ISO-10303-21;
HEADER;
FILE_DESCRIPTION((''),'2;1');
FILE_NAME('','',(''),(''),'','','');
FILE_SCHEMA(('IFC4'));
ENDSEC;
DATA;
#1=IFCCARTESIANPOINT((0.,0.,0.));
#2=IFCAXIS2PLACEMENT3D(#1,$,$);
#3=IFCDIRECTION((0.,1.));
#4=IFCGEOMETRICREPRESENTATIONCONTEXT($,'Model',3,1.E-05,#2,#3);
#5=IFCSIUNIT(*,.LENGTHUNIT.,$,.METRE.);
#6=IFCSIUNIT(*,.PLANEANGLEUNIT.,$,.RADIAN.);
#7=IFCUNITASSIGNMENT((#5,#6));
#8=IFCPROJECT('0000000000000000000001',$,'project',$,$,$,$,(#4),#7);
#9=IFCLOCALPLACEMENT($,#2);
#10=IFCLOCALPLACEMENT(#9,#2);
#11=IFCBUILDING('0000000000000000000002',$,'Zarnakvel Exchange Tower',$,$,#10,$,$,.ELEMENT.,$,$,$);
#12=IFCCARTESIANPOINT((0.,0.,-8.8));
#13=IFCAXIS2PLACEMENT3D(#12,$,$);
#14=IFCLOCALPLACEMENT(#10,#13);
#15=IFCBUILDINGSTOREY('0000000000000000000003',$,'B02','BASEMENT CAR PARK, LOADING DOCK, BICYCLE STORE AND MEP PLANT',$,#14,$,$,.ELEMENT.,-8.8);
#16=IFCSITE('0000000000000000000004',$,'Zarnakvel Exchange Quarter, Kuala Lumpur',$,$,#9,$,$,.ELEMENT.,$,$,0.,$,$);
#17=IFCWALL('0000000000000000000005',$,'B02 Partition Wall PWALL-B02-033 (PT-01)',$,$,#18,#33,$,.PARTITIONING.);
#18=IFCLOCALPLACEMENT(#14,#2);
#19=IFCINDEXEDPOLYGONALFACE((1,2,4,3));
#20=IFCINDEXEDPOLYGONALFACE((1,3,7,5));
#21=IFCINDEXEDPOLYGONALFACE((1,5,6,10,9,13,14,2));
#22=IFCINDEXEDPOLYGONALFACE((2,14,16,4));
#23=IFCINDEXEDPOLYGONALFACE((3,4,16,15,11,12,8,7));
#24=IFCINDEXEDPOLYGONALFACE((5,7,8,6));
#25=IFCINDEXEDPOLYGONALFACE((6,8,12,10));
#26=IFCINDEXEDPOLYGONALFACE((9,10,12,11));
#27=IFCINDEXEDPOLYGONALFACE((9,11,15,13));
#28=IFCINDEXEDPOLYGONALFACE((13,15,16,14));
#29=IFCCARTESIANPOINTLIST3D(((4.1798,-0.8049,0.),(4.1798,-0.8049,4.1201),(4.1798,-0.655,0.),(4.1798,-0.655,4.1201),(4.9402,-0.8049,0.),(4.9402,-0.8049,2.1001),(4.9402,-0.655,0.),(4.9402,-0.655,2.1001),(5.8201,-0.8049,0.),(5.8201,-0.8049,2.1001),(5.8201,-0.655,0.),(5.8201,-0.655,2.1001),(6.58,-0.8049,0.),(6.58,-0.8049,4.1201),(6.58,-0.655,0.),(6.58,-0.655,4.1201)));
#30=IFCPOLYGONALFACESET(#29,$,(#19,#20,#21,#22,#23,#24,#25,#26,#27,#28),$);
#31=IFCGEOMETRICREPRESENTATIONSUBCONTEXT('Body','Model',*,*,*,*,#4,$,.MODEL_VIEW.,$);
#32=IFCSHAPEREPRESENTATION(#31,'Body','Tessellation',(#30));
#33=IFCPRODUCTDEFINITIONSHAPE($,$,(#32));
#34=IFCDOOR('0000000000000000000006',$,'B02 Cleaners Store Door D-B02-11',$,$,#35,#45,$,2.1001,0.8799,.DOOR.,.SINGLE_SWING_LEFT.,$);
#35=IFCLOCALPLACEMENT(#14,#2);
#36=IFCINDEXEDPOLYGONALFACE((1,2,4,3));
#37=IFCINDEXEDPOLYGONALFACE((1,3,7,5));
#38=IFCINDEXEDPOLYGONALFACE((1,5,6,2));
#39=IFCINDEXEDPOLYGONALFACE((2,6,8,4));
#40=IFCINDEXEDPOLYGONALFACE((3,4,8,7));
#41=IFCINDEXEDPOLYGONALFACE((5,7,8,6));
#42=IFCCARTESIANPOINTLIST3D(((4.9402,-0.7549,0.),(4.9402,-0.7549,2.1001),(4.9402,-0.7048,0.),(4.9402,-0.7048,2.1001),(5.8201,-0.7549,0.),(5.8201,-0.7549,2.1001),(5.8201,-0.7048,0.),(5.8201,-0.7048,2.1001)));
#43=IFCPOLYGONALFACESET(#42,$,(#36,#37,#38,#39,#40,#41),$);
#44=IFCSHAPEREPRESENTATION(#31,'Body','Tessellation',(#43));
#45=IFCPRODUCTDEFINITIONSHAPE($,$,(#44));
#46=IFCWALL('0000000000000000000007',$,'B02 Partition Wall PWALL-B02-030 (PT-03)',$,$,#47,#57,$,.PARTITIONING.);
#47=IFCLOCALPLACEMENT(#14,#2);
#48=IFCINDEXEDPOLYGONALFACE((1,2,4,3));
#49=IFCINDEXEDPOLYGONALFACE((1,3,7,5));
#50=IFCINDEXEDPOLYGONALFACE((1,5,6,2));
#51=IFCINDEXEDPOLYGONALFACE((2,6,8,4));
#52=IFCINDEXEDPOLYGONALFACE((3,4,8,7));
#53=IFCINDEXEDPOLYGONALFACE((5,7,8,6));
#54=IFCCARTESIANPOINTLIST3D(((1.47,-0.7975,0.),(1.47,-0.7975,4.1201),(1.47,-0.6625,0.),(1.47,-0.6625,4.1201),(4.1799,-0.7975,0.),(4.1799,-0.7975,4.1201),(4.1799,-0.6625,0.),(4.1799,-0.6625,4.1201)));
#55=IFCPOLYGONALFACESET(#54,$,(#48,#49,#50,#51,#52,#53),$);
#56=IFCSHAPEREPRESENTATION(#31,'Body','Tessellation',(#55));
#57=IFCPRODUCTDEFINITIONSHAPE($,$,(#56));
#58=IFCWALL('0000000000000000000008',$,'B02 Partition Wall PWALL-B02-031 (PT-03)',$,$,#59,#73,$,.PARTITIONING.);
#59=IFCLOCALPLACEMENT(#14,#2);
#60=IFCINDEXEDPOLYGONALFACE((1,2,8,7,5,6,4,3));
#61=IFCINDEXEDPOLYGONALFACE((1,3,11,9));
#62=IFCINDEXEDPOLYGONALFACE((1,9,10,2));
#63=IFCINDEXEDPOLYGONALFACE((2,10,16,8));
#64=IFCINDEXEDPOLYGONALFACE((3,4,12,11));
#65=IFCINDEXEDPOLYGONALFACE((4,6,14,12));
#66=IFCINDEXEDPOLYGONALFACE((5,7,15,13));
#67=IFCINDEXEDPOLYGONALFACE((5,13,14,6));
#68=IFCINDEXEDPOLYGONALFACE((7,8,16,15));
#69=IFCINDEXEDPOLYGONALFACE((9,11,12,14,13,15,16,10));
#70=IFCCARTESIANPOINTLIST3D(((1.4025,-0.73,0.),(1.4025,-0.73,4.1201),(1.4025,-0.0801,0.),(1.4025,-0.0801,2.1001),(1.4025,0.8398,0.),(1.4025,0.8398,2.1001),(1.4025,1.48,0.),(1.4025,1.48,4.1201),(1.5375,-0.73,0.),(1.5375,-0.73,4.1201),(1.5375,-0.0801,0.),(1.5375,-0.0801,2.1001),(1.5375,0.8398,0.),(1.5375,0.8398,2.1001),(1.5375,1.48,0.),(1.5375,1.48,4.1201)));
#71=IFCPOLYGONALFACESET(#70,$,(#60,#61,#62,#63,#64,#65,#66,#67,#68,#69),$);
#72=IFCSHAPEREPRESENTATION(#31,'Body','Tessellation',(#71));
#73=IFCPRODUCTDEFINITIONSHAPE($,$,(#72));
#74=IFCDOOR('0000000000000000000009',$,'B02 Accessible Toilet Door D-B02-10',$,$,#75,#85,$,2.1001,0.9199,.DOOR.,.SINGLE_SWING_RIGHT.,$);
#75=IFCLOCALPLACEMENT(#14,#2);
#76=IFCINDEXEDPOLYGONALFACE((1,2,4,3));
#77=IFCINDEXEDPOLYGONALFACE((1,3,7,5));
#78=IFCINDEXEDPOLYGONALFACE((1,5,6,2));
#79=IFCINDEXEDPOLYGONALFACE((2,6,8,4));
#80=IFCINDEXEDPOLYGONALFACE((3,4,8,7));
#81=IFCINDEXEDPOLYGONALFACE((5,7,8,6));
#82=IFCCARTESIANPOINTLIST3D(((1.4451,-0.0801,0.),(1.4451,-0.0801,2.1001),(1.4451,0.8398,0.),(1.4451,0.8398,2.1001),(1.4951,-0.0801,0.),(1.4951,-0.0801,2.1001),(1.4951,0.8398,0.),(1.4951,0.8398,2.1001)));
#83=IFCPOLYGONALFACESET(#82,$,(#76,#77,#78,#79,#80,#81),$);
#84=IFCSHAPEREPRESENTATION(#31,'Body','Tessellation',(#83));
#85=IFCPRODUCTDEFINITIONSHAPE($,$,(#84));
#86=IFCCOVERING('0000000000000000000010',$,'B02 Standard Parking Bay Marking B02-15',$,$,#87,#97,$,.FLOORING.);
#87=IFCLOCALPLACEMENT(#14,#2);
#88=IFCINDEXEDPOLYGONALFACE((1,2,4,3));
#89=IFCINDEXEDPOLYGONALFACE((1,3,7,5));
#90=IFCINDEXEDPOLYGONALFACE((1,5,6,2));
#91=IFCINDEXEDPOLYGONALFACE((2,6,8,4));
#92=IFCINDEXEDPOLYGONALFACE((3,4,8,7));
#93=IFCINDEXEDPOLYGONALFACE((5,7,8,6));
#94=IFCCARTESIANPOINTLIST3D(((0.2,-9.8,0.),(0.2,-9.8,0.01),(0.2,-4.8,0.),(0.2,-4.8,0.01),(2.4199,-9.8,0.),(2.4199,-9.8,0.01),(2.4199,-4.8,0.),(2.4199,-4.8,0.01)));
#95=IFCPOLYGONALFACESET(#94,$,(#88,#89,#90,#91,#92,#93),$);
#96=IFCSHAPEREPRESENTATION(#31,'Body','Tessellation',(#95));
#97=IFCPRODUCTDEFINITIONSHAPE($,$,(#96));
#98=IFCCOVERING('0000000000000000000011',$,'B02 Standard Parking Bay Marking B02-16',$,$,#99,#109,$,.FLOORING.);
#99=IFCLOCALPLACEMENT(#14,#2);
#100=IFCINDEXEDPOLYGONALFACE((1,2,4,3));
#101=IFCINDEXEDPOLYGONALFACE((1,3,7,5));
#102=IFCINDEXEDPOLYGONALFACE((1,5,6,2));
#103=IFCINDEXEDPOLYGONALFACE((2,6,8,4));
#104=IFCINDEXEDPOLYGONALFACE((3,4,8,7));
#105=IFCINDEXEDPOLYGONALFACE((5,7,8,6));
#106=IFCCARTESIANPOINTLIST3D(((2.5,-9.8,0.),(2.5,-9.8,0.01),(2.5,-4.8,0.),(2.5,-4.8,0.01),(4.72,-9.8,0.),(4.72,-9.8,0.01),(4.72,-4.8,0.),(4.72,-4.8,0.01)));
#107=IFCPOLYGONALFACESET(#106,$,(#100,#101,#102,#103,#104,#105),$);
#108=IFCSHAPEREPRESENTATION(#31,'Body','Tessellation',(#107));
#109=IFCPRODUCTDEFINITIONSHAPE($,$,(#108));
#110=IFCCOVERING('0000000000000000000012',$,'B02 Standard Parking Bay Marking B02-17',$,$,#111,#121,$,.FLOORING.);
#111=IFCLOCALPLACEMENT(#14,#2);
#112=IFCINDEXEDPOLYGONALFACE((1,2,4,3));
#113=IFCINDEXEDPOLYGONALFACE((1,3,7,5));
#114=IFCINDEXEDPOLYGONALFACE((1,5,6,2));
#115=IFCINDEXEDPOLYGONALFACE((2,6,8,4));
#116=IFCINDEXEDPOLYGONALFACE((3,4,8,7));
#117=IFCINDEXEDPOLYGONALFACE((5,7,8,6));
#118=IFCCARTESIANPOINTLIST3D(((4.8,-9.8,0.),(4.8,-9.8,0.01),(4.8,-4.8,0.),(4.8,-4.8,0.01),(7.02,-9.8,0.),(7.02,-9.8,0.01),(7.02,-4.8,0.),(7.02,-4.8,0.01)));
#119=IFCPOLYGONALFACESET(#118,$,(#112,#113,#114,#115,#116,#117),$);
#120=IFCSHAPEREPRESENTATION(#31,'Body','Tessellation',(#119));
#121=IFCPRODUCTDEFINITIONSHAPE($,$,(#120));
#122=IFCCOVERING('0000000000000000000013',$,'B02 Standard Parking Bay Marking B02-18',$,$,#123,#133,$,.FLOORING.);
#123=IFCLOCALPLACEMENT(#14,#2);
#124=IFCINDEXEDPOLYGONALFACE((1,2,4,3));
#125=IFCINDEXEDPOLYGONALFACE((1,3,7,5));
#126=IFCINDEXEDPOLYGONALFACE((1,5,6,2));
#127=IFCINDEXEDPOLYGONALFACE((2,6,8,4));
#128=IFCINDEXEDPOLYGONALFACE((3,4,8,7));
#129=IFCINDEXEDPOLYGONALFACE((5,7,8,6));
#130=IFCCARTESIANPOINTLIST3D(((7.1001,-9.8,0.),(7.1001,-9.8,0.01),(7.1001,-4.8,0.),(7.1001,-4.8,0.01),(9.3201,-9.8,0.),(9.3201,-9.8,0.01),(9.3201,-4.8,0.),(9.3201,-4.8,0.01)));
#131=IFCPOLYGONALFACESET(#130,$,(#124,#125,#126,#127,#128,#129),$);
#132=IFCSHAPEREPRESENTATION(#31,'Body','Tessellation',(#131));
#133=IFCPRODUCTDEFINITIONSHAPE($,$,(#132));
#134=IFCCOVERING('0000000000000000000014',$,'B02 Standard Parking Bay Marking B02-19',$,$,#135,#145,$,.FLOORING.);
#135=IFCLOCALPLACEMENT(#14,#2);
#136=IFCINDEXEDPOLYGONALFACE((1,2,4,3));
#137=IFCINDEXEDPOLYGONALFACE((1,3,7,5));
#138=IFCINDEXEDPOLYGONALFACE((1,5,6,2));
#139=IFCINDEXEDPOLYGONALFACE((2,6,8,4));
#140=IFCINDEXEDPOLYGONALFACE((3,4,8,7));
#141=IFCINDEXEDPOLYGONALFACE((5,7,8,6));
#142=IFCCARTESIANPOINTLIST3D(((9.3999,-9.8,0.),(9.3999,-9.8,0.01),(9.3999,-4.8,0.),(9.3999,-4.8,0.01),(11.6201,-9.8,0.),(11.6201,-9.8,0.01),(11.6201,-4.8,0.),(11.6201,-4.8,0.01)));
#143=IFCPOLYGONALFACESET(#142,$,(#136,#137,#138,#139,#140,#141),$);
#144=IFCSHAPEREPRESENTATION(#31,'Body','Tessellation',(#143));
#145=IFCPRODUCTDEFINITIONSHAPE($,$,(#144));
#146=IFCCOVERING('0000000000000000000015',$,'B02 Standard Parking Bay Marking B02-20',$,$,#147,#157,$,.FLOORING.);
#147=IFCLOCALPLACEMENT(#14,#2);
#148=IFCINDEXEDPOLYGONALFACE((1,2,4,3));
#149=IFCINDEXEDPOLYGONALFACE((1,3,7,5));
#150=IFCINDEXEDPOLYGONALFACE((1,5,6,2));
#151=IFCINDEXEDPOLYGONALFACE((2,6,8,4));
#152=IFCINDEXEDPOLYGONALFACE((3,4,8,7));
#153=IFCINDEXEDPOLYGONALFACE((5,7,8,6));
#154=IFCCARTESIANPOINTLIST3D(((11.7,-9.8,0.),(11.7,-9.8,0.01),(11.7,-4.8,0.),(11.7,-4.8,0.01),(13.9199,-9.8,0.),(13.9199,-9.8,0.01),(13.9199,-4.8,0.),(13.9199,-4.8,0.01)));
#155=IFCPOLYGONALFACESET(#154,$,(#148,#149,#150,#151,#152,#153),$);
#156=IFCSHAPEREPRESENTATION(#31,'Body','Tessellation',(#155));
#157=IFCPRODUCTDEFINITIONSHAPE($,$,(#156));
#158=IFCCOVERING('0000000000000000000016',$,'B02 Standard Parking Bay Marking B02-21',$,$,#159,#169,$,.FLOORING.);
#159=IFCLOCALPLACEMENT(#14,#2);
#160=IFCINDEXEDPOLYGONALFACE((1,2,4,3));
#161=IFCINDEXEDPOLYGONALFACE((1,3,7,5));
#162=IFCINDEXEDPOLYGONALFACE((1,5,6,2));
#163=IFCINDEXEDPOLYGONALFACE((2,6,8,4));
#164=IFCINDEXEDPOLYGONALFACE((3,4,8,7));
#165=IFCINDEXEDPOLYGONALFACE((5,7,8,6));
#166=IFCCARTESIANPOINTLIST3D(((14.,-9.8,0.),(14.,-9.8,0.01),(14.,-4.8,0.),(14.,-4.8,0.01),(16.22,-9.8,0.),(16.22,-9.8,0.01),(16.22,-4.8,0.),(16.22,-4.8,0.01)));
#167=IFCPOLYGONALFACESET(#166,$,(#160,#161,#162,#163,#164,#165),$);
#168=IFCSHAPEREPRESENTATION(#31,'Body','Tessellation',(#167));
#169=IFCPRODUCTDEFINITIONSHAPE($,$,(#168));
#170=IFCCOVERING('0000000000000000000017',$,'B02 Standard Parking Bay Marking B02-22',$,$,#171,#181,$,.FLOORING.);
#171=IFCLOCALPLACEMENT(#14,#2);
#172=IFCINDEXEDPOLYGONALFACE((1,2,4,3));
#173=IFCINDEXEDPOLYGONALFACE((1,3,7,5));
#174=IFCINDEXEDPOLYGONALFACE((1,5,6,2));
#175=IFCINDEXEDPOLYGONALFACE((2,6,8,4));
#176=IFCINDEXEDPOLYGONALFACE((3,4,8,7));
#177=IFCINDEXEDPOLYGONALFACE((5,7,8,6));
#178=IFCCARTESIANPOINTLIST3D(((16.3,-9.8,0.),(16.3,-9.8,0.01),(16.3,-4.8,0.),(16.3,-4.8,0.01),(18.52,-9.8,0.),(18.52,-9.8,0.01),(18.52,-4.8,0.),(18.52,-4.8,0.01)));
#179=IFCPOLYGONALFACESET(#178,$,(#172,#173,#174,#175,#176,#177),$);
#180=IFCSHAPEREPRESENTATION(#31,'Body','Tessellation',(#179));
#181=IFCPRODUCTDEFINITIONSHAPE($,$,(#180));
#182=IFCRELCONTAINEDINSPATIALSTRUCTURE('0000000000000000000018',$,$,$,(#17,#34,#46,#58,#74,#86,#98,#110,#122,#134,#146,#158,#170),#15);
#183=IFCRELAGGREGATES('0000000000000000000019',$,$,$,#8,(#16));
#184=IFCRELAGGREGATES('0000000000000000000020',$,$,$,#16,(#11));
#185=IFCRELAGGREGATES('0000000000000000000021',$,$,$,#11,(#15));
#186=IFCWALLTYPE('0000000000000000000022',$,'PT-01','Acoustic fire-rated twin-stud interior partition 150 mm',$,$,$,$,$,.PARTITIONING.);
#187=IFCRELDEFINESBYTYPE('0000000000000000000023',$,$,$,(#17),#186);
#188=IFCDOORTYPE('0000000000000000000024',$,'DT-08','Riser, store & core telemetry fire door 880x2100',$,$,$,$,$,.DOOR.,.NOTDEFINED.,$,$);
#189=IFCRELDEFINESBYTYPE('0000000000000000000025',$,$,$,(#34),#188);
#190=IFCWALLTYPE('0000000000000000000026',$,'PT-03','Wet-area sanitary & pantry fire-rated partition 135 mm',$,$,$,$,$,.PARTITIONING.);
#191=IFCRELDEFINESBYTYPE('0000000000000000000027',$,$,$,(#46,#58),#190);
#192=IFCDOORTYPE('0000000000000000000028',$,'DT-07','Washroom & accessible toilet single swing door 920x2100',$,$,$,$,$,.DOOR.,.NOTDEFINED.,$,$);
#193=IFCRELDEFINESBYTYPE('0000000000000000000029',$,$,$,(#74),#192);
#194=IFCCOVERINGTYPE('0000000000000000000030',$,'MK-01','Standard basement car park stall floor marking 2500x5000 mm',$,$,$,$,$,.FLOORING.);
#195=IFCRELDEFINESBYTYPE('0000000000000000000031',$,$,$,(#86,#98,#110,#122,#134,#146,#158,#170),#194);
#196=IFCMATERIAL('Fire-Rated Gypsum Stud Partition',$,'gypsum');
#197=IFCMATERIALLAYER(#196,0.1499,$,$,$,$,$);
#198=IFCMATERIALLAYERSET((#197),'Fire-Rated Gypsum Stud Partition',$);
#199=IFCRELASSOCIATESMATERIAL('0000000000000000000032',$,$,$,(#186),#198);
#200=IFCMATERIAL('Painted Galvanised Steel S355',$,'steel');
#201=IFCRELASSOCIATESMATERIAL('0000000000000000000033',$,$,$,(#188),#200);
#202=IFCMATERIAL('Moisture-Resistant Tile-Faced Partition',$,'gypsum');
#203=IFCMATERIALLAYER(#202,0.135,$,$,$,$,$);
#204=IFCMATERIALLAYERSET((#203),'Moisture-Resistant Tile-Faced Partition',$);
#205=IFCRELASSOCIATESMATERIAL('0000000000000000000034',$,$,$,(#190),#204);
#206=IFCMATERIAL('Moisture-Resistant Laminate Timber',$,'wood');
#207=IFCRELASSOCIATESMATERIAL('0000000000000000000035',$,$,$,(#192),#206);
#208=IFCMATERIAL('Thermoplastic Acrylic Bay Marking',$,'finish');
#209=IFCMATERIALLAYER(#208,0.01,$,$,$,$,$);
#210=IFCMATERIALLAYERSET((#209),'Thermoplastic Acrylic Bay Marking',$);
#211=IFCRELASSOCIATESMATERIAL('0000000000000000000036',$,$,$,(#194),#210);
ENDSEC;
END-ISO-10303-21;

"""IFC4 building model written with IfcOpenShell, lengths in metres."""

from ifc_helpers import new_model, si_unit, direction, frame, frame_2d, origin, place, context, subcontext, project, spatial, polyline, rectangle, outline, extrude, source, transform, mapped, material, layer, layer_set, type_object, element, fill, save


model = new_model("IFC4")

# Units and contexts
model_context = context("Model", 3, precision=1e-05, world=origin(), true_north=direction((0.0, 1.0)))
body_context = subcontext(model_context, "Body", "Model", "MODEL_VIEW")
ifc_project = project(units=[si_unit("LENGTHUNIT", "METRE"), si_unit("PLANEANGLEUNIT", "RADIAN")], contexts=[model_context])

# Site, building, storey
site_placement = place(None, origin())
site = spatial("IfcSite", under=ifc_project, at=site_placement, Name="Zarnakvel Exchange Quarter, Kuala Lumpur", CompositionType="ELEMENT", RefElevation=0.0)
building_placement = place(site_placement, origin())
building = spatial("IfcBuilding", under=site, at=building_placement, Name="Zarnakvel Exchange Tower", CompositionType="ELEMENT")
storey_placement = place(building_placement, frame((0.0, 0.0, -8.8)))
storey = spatial("IfcBuildingStorey", under=building, at=storey_placement, Name="B02", Description="BASEMENT CAR PARK, LOADING DOCK, BICYCLE STORE AND MEP PLANT", CompositionType="ELEMENT", Elevation=-8.8)

# Wall, opening, door
ifc_material_1 = material(Name="Fire-Rated Gypsum Stud Partition", Category="gypsum")
ifc_layer_1 = layer(ifc_material_1, 0.1499)
ifc_layer_set_1 = layer_set([ifc_layer_1], Name="Fire-Rated Gypsum Stud Partition")
wall_type_1 = type_object("IfcWallType", Name="PT-01", Description="Acoustic fire-rated twin-stud interior partition 150 mm", PredefinedType="PARTITIONING", material=ifc_layer_set_1)
wall_1_placement = place(storey_placement, frame((6.5801, -0.73, 0.0), z_axis=(0.0, 0.0, 1.0), x_axis=(-1.0, 0.0, 0.0)))
wall_1 = element("IfcWall", 1, at=wall_1_placement, inside=storey, type_object=wall_type_1, Name="B02 Partition Wall PWALL-B02-033 (PT-01)", PredefinedType="PARTITIONING", context=body_context, shape_type="SweptSolid", body=[
    extrude(rectangle(XDim=2.4001, YDim=0.1499, at=frame_2d((1.2002, 0.0))), origin(), (0.0, 0.0, 1.0), 4.1201),
])
opening_1_placement = place(wall_1_placement, frame((0.76, 0.0, 0.0)))
opening_1 = element("IfcOpeningElement", 2, at=opening_1_placement, cuts=wall_1, PredefinedType="OPENING", context=body_context, shape_type="SweptSolid", body=[
    extrude(rectangle(XDim=0.8799, YDim=2.1001, at=frame_2d((0.4399, 1.05))), frame((0.0, 0.085, 0.0), z_axis=(0.0, -1.0, 0.0), x_axis=(1.0, 0.0, 0.0)), (0.0, 0.0, 1.0), 0.1699),
])
ifc_material_2 = material(Name="Painted Galvanised Steel S355", Category="steel")
door_type_1 = type_object("IfcDoorType", Name="DT-08", Description="Riser, store & core telemetry fire door 880x2100", OperationType="NOTDEFINED", PredefinedType="DOOR", material=ifc_material_2)
shared_shape_1 = source(origin(), body_context, "Body", "SweptSolid", [
    extrude(rectangle(XDim=0.8799, YDim=2.1001, at=frame_2d((0.4399, 1.05))), frame((0.0, 0.0249, 0.0), z_axis=(0.0, -1.0, 0.0), x_axis=(1.0, 0.0, 0.0)), (0.0, 0.0, 1.0), 0.05),
])
door_1_placement = place(opening_1_placement, origin())
door_1 = element("IfcDoor", 3, at=door_1_placement, inside=storey, type_object=door_type_1, Name="B02 Cleaners Store Door D-B02-11", OperationType="SINGLE_SWING_LEFT", OverallHeight=2.1001, OverallWidth=0.8799, PredefinedType="DOOR", context=body_context, shape_type="MappedRepresentation", body=[
    mapped(shared_shape_1, transform((0.0, 0.0, 0.0), x_axis=(1.0, 0.0, 0.0), y_axis=(0.0, 1.0, 0.0), z_axis=(0.0, 0.0, 1.0), scale=1.0)),
])
fill(opening_1, door_1)

# Wall
ifc_material_3 = material(Name="Moisture-Resistant Tile-Faced Partition", Category="gypsum")
ifc_layer_2 = layer(ifc_material_3, 0.135)
ifc_layer_set_2 = layer_set([ifc_layer_2], Name="Moisture-Resistant Tile-Faced Partition")
wall_type_2 = type_object("IfcWallType", Name="PT-03", Description="Wet-area sanitary & pantry fire-rated partition 135 mm", PredefinedType="PARTITIONING", material=ifc_layer_set_2)
wall_2_placement = place(storey_placement, frame((4.1799, -0.73, 0.0), z_axis=(0.0, 0.0, 1.0), x_axis=(-1.0, 0.0, 0.0)))
element("IfcWall", 4, at=wall_2_placement, inside=storey, type_object=wall_type_2, Name="B02 Partition Wall PWALL-B02-030 (PT-03)", PredefinedType="PARTITIONING", context=body_context, shape_type="SweptSolid", body=[
    extrude(rectangle(XDim=2.71, YDim=0.135, at=frame_2d((1.355, 0.0))), origin(), (0.0, 0.0, 1.0), 4.1201),
])

# Wall, opening, door
wall_3_placement = place(storey_placement, frame((1.47, -0.73, 0.0), z_axis=(0.0, 0.0, 1.0), x_axis=(0.0, 1.0, 0.0)))
wall_3 = element("IfcWall", 5, at=wall_3_placement, inside=storey, type_object=wall_type_2, Name="B02 Partition Wall PWALL-B02-031 (PT-03)", PredefinedType="PARTITIONING", context=body_context, shape_type="SweptSolid", body=[
    extrude(rectangle(XDim=2.21, YDim=0.135, at=frame_2d((1.105, 0.0))), origin(), (0.0, 0.0, 1.0), 4.1201),
])
opening_2_placement = place(wall_3_placement, frame((0.6499, 0.0, 0.0)))
opening_2 = element("IfcOpeningElement", 6, at=opening_2_placement, cuts=wall_3, PredefinedType="OPENING", context=body_context, shape_type="SweptSolid", body=[
    extrude(rectangle(XDim=0.9199, YDim=2.1001, at=frame_2d((0.46, 1.05))), frame((0.0, 0.0774, 0.0), z_axis=(0.0, -1.0, 0.0), x_axis=(1.0, 0.0, 0.0)), (0.0, 0.0, 1.0), 0.155),
])
ifc_material_4 = material(Name="Moisture-Resistant Laminate Timber", Category="wood")
door_type_2 = type_object("IfcDoorType", Name="DT-07", Description="Washroom & accessible toilet single swing door 920x2100", OperationType="NOTDEFINED", PredefinedType="DOOR", material=ifc_material_4)
shared_shape_2 = source(origin(), body_context, "Body", "SweptSolid", [
    extrude(rectangle(XDim=0.9199, YDim=2.1001, at=frame_2d((0.46, 1.05))), frame((0.0, 0.0249, 0.0), z_axis=(0.0, -1.0, 0.0), x_axis=(1.0, 0.0, 0.0)), (0.0, 0.0, 1.0), 0.05),
])
door_2_placement = place(opening_2_placement, origin())
door_2 = element("IfcDoor", 7, at=door_2_placement, inside=storey, type_object=door_type_2, Name="B02 Accessible Toilet Door D-B02-10", OperationType="SINGLE_SWING_RIGHT", OverallHeight=2.1001, OverallWidth=0.9199, PredefinedType="DOOR", context=body_context, shape_type="MappedRepresentation", body=[
    mapped(shared_shape_2, transform((0.0, 0.0, 0.0), x_axis=(1.0, 0.0, 0.0), y_axis=(0.0, 1.0, 0.0), z_axis=(0.0, 0.0, 1.0), scale=1.0)),
])
fill(opening_2, door_2)

# Coverings
ifc_material_5 = material(Name="Thermoplastic Acrylic Bay Marking", Category="finish")
ifc_layer_3 = layer(ifc_material_5, 0.01)
ifc_layer_set_3 = layer_set([ifc_layer_3], Name="Thermoplastic Acrylic Bay Marking")
covering_type = type_object("IfcCoveringType", Name="MK-01", Description="Standard basement car park stall floor marking 2500x5000 mm", PredefinedType="FLOORING", material=ifc_layer_set_3)
covering_1_placement = place(storey_placement, origin())
element("IfcCovering", 8, at=covering_1_placement, inside=storey, type_object=covering_type, Name="B02 Standard Parking Bay Marking B02-15", PredefinedType="FLOORING", context=body_context, shape_type="SweptSolid", body=[
    extrude(outline(polyline([(0.2, -9.8), (2.4199, -9.8), (2.4199, -4.8), (0.2, -4.8), (0.2, -9.8)])), origin(), (0.0, 0.0, 1.0), 0.01),
])
covering_2_placement = place(storey_placement, origin())
element("IfcCovering", 9, at=covering_2_placement, inside=storey, type_object=covering_type, Name="B02 Standard Parking Bay Marking B02-16", PredefinedType="FLOORING", context=body_context, shape_type="SweptSolid", body=[
    extrude(outline(polyline([(2.5, -9.8), (4.72, -9.8), (4.72, -4.8), (2.5, -4.8), (2.5, -9.8)])), origin(), (0.0, 0.0, 1.0), 0.01),
])
covering_3_placement = place(storey_placement, origin())
element("IfcCovering", 10, at=covering_3_placement, inside=storey, type_object=covering_type, Name="B02 Standard Parking Bay Marking B02-17", PredefinedType="FLOORING", context=body_context, shape_type="SweptSolid", body=[
    extrude(outline(polyline([(4.8, -9.8), (7.02, -9.8), (7.02, -4.8), (4.8, -4.8), (4.8, -9.8)])), origin(), (0.0, 0.0, 1.0), 0.01),
])
covering_4_placement = place(storey_placement, origin())
element("IfcCovering", 11, at=covering_4_placement, inside=storey, type_object=covering_type, Name="B02 Standard Parking Bay Marking B02-18", PredefinedType="FLOORING", context=body_context, shape_type="SweptSolid", body=[
    extrude(outline(polyline([(7.1001, -9.8), (9.3201, -9.8), (9.3201, -4.8), (7.1001, -4.8), (7.1001, -9.8)])), origin(), (0.0, 0.0, 1.0), 0.01),
])
covering_5_placement = place(storey_placement, origin())
element("IfcCovering", 12, at=covering_5_placement, inside=storey, type_object=covering_type, Name="B02 Standard Parking Bay Marking B02-19", PredefinedType="FLOORING", context=body_context, shape_type="SweptSolid", body=[
    extrude(outline(polyline([(9.3999, -9.8), (11.6201, -9.8), (11.6201, -4.8), (9.3999, -4.8), (9.3999, -9.8)])), origin(), (0.0, 0.0, 1.0), 0.01),
])
covering_6_placement = place(storey_placement, origin())
element("IfcCovering", 13, at=covering_6_placement, inside=storey, type_object=covering_type, Name="B02 Standard Parking Bay Marking B02-20", PredefinedType="FLOORING", context=body_context, shape_type="SweptSolid", body=[
    extrude(outline(polyline([(11.7, -9.8), (13.9199, -9.8), (13.9199, -4.8), (11.7, -4.8), (11.7, -9.8)])), origin(), (0.0, 0.0, 1.0), 0.01),
])
covering_7_placement = place(storey_placement, origin())
element("IfcCovering", 14, at=covering_7_placement, inside=storey, type_object=covering_type, Name="B02 Standard Parking Bay Marking B02-21", PredefinedType="FLOORING", context=body_context, shape_type="SweptSolid", body=[
    extrude(outline(polyline([(14.0, -9.8), (16.22, -9.8), (16.22, -4.8), (14.0, -4.8), (14.0, -9.8)])), origin(), (0.0, 0.0, 1.0), 0.01),
])
covering_8_placement = place(storey_placement, origin())
element("IfcCovering", 15, at=covering_8_placement, inside=storey, type_object=covering_type, Name="B02 Standard Parking Bay Marking B02-22", PredefinedType="FLOORING", context=body_context, shape_type="SweptSolid", body=[
    extrude(outline(polyline([(16.3, -9.8), (18.52, -9.8), (18.52, -4.8), (16.3, -4.8), (16.3, -9.8)])), origin(), (0.0, 0.0, 1.0), 0.01),
])

save(model, "model.ifc")
